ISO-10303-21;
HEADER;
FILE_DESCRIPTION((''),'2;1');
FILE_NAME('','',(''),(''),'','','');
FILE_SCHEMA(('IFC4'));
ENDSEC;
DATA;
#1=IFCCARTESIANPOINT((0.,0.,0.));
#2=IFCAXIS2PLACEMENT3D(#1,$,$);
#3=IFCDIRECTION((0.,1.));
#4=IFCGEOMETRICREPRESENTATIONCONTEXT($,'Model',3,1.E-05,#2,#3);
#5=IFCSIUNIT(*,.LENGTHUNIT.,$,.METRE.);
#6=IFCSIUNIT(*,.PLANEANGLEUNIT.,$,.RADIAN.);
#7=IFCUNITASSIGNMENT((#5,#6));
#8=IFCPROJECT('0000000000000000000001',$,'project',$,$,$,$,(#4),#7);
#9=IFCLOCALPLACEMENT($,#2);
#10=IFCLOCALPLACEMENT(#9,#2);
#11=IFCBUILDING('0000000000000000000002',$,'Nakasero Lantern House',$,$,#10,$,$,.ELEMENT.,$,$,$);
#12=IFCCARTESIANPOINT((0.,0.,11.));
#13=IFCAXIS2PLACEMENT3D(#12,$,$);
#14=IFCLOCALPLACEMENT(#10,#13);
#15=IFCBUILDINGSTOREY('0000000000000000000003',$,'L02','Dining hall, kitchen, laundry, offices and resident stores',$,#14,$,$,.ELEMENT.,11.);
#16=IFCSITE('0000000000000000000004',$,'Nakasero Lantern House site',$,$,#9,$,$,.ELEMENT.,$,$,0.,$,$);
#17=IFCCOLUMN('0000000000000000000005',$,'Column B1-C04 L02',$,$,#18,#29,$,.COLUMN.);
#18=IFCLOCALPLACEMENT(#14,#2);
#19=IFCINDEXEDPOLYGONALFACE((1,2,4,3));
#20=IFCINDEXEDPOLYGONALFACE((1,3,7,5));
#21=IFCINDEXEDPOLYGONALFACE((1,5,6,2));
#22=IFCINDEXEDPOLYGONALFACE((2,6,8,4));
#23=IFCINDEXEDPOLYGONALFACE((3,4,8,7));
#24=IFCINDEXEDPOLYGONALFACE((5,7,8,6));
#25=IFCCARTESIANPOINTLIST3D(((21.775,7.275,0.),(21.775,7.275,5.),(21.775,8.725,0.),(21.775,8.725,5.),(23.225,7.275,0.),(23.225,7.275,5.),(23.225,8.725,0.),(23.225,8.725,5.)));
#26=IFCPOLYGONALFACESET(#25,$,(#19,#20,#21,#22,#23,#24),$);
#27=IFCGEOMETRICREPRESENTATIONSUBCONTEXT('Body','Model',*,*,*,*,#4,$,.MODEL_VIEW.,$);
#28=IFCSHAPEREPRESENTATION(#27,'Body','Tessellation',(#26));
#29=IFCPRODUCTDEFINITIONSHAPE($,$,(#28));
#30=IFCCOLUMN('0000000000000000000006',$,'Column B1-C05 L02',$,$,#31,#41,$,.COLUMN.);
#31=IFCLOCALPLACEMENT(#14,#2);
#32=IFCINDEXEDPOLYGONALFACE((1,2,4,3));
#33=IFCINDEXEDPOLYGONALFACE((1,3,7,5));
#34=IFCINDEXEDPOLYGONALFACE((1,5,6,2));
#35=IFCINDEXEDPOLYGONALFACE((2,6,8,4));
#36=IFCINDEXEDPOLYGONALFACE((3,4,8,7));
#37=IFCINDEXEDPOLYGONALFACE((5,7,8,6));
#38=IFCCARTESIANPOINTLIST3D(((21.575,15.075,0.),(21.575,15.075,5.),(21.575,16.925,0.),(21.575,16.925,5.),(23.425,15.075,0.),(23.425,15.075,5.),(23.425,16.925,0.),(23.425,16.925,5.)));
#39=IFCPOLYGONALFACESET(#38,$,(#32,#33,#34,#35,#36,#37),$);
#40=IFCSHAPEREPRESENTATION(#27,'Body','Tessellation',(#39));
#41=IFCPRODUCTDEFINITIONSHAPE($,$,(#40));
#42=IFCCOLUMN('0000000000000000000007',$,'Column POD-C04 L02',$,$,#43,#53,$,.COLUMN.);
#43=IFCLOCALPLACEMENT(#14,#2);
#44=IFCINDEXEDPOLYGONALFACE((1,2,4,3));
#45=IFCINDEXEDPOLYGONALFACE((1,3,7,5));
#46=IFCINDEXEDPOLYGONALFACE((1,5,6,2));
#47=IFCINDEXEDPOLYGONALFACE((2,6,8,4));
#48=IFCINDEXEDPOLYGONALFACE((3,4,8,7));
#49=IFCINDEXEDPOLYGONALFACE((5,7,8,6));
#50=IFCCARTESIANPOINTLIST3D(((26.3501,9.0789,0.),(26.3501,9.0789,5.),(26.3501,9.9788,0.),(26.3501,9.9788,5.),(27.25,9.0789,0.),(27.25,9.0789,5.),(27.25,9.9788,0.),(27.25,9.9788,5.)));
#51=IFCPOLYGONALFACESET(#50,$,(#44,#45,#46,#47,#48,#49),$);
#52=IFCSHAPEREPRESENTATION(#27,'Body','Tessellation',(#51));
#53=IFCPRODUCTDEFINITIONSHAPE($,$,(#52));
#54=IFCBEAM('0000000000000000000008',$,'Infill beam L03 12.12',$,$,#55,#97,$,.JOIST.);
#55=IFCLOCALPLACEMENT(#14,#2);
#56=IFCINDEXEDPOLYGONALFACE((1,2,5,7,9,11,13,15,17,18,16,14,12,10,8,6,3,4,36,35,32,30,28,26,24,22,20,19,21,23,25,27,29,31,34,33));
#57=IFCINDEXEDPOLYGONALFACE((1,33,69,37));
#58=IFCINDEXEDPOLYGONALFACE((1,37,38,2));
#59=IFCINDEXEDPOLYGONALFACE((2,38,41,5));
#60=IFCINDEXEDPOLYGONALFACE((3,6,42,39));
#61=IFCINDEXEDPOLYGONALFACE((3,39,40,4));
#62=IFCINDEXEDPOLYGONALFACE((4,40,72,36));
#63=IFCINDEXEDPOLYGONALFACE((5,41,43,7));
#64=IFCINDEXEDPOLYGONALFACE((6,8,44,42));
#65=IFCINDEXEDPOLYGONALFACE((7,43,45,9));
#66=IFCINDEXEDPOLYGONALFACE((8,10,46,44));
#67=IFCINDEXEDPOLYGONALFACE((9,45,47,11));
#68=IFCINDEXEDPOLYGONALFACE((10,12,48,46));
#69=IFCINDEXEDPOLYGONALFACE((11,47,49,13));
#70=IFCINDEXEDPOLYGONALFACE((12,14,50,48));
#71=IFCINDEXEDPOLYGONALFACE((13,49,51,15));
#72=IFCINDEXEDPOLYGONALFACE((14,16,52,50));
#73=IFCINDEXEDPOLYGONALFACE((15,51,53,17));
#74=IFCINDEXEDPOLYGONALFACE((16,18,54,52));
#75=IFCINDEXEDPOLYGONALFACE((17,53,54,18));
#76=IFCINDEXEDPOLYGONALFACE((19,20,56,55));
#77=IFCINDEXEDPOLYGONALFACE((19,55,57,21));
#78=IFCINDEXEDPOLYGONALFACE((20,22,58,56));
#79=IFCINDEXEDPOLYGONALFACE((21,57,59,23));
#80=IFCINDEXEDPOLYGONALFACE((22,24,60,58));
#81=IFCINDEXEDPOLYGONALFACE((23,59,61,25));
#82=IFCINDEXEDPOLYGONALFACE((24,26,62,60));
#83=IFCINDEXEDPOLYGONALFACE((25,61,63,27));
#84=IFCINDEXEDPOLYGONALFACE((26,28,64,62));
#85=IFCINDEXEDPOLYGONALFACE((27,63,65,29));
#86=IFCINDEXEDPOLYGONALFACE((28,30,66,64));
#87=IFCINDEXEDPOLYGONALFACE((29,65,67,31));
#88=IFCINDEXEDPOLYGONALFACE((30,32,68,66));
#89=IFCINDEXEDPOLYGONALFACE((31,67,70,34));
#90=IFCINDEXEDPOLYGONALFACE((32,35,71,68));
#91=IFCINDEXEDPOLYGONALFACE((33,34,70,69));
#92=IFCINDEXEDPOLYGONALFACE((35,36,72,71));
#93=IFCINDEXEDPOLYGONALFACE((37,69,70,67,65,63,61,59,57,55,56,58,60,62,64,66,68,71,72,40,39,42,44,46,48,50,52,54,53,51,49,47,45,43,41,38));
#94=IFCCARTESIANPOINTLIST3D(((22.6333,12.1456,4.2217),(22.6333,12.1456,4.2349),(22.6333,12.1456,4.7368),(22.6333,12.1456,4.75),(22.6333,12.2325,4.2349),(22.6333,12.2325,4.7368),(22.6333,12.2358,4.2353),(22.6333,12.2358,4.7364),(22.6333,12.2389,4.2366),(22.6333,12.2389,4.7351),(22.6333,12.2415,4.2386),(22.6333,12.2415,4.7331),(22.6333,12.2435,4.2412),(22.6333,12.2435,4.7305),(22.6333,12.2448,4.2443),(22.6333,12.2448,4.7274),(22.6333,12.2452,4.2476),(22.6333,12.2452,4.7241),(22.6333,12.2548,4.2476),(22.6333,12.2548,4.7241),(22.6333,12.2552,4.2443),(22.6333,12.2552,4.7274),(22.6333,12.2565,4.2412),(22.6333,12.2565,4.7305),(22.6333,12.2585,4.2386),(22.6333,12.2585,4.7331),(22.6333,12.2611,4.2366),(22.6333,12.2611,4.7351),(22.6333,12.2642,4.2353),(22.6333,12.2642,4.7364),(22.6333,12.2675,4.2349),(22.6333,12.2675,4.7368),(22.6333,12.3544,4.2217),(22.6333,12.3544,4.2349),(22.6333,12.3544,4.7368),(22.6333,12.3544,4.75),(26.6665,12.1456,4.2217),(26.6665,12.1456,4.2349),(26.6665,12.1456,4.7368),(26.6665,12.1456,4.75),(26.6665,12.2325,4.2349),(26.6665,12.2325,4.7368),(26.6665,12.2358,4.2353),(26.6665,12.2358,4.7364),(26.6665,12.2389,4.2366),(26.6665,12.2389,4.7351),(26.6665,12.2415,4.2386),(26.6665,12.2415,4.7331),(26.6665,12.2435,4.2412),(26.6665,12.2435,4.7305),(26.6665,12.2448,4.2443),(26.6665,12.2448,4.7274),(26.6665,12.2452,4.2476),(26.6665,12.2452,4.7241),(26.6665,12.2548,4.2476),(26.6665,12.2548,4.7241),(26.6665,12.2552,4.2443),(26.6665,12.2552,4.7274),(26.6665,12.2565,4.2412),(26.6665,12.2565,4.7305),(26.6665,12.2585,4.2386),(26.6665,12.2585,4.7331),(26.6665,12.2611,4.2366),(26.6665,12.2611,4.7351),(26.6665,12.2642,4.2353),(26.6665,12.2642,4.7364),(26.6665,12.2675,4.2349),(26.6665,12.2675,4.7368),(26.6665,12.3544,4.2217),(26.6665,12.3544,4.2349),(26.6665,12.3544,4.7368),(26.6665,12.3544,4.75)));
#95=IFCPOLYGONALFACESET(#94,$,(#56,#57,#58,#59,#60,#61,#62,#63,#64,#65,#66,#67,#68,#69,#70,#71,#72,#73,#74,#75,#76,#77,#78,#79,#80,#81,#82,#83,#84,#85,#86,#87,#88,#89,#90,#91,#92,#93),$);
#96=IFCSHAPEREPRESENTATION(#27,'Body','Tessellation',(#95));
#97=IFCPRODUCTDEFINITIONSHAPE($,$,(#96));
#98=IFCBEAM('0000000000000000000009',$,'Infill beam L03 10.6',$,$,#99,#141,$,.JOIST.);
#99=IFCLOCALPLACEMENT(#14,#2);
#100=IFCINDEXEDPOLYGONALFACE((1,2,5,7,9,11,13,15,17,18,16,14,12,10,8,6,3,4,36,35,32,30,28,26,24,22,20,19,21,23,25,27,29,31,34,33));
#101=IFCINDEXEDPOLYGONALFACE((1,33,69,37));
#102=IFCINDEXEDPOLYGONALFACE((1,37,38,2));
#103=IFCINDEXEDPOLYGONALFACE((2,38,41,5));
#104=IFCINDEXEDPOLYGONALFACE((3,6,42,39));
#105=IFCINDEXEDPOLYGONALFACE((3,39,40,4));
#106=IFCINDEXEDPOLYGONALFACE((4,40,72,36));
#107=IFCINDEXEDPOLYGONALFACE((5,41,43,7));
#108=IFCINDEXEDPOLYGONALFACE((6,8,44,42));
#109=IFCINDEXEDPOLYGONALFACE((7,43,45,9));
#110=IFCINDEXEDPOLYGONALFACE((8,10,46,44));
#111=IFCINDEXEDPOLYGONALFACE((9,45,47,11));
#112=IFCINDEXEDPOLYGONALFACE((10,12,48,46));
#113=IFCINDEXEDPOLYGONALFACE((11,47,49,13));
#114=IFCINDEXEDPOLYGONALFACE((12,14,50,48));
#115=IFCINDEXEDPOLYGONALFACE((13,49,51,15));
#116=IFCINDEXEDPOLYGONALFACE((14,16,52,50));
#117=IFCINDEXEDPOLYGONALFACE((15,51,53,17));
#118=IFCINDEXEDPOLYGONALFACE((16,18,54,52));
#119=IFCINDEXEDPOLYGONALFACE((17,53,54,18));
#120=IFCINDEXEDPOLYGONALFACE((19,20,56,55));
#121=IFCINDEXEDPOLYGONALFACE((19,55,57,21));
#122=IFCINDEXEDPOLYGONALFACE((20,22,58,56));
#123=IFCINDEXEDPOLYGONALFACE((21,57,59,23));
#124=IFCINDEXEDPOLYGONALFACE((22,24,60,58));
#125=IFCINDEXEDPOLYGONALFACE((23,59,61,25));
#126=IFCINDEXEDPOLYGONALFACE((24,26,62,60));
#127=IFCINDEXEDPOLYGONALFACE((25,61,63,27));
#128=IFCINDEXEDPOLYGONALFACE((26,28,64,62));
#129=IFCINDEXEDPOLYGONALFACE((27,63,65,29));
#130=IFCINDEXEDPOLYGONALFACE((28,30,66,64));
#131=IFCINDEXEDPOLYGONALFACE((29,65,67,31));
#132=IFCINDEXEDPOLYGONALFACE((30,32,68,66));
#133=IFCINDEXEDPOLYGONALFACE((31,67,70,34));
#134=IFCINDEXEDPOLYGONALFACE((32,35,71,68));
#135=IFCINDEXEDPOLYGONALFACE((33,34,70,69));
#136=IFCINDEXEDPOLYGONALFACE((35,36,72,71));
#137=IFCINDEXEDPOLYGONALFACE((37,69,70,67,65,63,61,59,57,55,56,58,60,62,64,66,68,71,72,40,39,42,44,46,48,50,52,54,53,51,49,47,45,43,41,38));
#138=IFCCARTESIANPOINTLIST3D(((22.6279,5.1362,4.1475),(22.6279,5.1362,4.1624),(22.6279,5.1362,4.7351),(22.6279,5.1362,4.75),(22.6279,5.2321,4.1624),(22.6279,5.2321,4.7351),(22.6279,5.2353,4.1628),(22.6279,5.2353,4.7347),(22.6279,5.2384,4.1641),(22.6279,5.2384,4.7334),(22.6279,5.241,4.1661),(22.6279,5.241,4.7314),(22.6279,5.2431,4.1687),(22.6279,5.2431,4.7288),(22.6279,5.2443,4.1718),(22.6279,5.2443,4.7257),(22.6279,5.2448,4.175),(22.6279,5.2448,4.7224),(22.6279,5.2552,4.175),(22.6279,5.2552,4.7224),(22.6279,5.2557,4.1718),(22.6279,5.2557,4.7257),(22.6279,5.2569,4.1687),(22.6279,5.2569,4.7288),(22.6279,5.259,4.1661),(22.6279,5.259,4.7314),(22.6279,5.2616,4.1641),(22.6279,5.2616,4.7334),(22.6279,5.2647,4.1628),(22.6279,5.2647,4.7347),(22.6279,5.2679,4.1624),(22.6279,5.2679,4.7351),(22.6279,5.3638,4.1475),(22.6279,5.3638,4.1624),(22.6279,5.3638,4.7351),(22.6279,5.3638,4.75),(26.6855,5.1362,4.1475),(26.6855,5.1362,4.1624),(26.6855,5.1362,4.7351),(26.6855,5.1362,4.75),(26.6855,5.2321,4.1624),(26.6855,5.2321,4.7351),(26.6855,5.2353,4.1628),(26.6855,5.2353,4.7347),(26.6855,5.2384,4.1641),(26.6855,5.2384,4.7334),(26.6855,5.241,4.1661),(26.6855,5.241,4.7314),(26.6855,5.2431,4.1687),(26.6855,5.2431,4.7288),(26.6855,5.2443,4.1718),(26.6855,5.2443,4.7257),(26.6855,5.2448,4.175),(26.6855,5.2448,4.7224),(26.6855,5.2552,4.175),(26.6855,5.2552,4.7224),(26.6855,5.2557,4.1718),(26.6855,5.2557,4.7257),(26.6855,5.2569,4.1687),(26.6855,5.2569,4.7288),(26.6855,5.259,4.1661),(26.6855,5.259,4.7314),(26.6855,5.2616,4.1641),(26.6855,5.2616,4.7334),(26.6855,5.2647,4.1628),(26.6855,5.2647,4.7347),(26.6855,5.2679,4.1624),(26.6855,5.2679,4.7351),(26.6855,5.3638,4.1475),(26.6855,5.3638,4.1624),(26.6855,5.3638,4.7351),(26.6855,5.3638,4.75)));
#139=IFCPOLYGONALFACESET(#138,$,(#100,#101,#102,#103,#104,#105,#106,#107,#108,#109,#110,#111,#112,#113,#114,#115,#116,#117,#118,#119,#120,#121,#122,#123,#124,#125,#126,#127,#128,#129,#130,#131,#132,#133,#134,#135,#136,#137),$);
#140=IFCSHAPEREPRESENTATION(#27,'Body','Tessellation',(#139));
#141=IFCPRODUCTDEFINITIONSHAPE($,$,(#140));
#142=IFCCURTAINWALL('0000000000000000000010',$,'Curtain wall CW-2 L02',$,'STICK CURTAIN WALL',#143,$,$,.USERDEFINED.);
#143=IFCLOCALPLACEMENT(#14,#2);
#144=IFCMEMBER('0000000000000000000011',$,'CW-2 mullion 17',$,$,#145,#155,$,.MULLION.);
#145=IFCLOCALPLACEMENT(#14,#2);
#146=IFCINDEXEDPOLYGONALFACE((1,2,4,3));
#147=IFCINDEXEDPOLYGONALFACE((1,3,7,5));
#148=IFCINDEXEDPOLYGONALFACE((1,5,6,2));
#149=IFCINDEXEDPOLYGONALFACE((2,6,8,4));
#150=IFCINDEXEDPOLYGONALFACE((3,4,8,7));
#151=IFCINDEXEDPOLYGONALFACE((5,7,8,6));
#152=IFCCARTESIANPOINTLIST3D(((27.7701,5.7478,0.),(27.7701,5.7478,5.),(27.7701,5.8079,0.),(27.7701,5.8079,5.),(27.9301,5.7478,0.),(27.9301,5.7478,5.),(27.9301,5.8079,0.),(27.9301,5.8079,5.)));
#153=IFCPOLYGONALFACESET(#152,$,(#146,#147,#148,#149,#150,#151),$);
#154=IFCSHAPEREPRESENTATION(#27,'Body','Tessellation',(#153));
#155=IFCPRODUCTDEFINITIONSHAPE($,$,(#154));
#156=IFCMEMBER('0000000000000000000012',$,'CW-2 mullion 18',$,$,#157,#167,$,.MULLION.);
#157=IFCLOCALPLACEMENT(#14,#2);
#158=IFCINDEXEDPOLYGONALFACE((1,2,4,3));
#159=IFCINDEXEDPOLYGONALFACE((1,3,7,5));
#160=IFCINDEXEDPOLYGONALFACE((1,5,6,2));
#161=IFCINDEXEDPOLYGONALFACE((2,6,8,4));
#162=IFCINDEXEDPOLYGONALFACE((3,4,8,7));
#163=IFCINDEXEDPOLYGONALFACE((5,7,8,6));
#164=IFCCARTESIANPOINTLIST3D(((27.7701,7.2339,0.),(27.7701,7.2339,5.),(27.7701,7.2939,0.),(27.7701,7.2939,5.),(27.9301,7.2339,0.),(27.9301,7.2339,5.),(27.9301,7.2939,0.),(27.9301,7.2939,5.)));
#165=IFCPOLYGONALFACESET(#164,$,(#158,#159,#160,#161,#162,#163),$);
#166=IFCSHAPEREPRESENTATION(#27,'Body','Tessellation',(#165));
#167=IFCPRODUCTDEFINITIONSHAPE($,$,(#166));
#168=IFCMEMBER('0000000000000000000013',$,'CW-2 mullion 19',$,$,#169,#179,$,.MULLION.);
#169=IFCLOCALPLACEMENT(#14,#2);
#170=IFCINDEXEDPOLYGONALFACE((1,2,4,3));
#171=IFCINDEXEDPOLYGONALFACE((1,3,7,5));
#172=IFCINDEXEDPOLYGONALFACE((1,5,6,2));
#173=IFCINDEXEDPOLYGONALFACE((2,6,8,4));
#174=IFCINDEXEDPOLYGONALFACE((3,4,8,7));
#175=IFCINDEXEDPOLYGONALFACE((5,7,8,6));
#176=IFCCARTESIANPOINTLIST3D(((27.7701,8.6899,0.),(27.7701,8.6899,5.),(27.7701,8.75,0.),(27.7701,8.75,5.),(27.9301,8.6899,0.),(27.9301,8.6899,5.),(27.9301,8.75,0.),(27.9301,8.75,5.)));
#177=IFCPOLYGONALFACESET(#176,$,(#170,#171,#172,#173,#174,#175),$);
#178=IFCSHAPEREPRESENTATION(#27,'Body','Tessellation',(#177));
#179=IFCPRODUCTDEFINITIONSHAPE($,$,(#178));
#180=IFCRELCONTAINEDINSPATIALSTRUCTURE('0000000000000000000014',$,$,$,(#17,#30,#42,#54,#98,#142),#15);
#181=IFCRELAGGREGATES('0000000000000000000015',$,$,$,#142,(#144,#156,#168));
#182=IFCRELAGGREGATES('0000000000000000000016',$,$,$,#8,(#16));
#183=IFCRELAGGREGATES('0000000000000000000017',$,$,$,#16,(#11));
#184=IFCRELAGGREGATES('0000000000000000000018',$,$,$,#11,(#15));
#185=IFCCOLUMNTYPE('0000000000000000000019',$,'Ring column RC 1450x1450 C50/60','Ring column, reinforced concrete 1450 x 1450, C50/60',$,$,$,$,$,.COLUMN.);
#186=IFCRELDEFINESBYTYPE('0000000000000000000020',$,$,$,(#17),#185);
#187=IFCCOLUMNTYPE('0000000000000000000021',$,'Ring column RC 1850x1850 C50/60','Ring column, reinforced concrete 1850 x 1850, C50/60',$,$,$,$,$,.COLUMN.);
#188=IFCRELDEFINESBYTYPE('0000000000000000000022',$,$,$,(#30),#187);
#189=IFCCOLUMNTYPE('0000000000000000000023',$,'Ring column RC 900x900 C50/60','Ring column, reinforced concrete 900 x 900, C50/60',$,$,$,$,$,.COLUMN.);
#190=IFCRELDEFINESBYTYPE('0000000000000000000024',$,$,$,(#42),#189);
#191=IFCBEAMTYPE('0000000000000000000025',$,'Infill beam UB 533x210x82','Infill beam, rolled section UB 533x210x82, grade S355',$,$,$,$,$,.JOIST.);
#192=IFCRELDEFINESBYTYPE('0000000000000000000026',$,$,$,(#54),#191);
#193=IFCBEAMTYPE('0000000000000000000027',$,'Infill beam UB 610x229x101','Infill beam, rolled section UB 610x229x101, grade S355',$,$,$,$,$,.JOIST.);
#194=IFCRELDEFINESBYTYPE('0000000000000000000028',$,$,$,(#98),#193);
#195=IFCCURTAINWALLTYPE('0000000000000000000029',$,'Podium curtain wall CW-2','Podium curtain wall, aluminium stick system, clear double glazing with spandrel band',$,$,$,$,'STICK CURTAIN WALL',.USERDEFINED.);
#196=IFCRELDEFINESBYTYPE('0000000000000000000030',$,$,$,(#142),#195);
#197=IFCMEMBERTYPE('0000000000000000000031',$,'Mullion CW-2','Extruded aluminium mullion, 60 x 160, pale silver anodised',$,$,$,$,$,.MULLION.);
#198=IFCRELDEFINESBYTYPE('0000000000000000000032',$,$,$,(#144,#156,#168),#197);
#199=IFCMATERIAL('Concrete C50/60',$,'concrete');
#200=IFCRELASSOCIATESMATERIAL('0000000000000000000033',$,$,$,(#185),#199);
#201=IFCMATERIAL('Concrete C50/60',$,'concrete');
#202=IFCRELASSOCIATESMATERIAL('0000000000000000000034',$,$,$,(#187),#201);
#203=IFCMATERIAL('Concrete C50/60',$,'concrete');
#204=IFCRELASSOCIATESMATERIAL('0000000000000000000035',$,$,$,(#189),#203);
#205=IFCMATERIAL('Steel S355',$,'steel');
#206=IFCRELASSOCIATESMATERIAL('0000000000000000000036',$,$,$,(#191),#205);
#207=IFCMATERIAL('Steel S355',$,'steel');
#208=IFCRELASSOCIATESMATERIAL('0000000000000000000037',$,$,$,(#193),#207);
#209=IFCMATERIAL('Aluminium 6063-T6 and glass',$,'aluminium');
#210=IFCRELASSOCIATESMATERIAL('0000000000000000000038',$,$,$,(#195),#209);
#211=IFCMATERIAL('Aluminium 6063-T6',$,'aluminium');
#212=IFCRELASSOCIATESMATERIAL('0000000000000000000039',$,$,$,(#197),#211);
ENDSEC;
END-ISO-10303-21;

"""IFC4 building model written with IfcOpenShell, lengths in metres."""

from ifc_helpers import new_model, si_unit, direction, frame, origin, origin_2d, place, context, subcontext, project, spatial, rectangle, i_section, extrude, material, material_profile, profile_set, type_object, element, aggregate, save


model = new_model("IFC4")

# Units and contexts
model_context = context("Model", 3, precision=1e-05, world=origin(), true_north=direction((0.0, 1.0)))
body_context = subcontext(model_context, "Body", "Model", "MODEL_VIEW")
ifc_project = project(units=[si_unit("LENGTHUNIT", "METRE"), si_unit("PLANEANGLEUNIT", "RADIAN")], contexts=[model_context])

# Site, building, storey
site_placement = place(None, origin())
site = spatial("IfcSite", under=ifc_project, at=site_placement, Name="Nakasero Lantern House site", CompositionType="ELEMENT", RefElevation=0.0)
building_placement = place(site_placement, origin())
building = spatial("IfcBuilding", under=site, at=building_placement, Name="Nakasero Lantern House", CompositionType="ELEMENT")
storey_placement = place(building_placement, frame((0.0, 0.0, 11.0)))
storey = spatial("IfcBuildingStorey", under=building, at=storey_placement, Name="L02", Description="Dining hall, kitchen, laundry, offices and resident stores", CompositionType="ELEMENT", Elevation=11.0)

# Columns
ifc_material_1 = material(Name="Concrete C50/60", Category="concrete")
ifc_material_profile_1 = material_profile(ifc_material_1, rectangle(XDim=1.45, YDim=1.45, at=origin_2d()), Name="RC 1450x1450")
ifc_profile_set_1 = profile_set([ifc_material_profile_1], Name="Concrete C50/60")
column_type_1 = type_object("IfcColumnType", Name="Ring column RC 1450x1450 C50/60", Description="Ring column, reinforced concrete 1450 x 1450, C50/60", PredefinedType="COLUMN", material=ifc_profile_set_1)
column_1_placement = place(storey_placement, frame((22.5, 8.0, 0.0), z_axis=(0.0, 0.0, 1.0), x_axis=(1.0, 0.0, 0.0)))
element("IfcColumn", 1, at=column_1_placement, inside=storey, type_object=column_type_1, Name="Column B1-C04 L02", PredefinedType="COLUMN", context=body_context, shape_type="SweptSolid", body=[
    extrude(rectangle(XDim=1.45, YDim=1.45, at=origin_2d()), origin(), (0.0, 0.0, 1.0), 5.0),
])
ifc_material_2 = material(Name="Concrete C50/60", Category="concrete")
ifc_material_profile_2 = material_profile(ifc_material_2, rectangle(XDim=1.8501, YDim=1.8501, at=origin_2d()), Name="RC 1850x1850")
ifc_profile_set_2 = profile_set([ifc_material_profile_2], Name="Concrete C50/60")
column_type_2 = type_object("IfcColumnType", Name="Ring column RC 1850x1850 C50/60", Description="Ring column, reinforced concrete 1850 x 1850, C50/60", PredefinedType="COLUMN", material=ifc_profile_set_2)
column_2_placement = place(storey_placement, frame((22.5, 16.0, 0.0), z_axis=(0.0, 0.0, 1.0), x_axis=(1.0, 0.0, 0.0)))
element("IfcColumn", 2, at=column_2_placement, inside=storey, type_object=column_type_2, Name="Column B1-C05 L02", PredefinedType="COLUMN", context=body_context, shape_type="SweptSolid", body=[
    extrude(rectangle(XDim=1.8501, YDim=1.8501, at=origin_2d()), origin(), (0.0, 0.0, 1.0), 5.0),
])
ifc_material_3 = material(Name="Concrete C50/60", Category="concrete")
ifc_material_profile_3 = material_profile(ifc_material_3, rectangle(XDim=0.8999, YDim=0.8999, at=origin_2d()), Name="RC 900x900")
ifc_profile_set_3 = profile_set([ifc_material_profile_3], Name="Concrete C50/60")
column_type_3 = type_object("IfcColumnType", Name="Ring column RC 900x900 C50/60", Description="Ring column, reinforced concrete 900 x 900, C50/60", PredefinedType="COLUMN", material=ifc_profile_set_3)
column_3_placement = place(storey_placement, frame((26.8, 9.5288, 0.0), z_axis=(0.0, 0.0, 1.0), x_axis=(1.0, 0.0, 0.0)))
element("IfcColumn", 3, at=column_3_placement, inside=storey, type_object=column_type_3, Name="Column POD-C04 L02", PredefinedType="COLUMN", context=body_context, shape_type="SweptSolid", body=[
    extrude(rectangle(XDim=0.8999, YDim=0.8999, at=origin_2d()), origin(), (0.0, 0.0, 1.0), 5.0),
])

# Beams
ifc_material_4 = material(Name="Steel S355", Category="steel")
ifc_material_profile_4 = material_profile(ifc_material_4, i_section(OverallWidth=0.2087, OverallDepth=0.5283, WebThickness=0.0095, FlangeThickness=0.0132, FilletRadius=0.0127, at=origin_2d()), Name="UB 533x210x82")
ifc_profile_set_4 = profile_set([ifc_material_profile_4], Name="Steel S355")
beam_type_1 = type_object("IfcBeamType", Name="Infill beam UB 533x210x82", Description="Infill beam, rolled section UB 533x210x82, grade S355", PredefinedType="JOIST", material=ifc_profile_set_4)
beam_1_placement = place(storey_placement, frame((22.6333, 12.25, 4.4858), z_axis=(1.0, 0.0, 0.0), x_axis=(0.0, 1.0, 0.0)))
element("IfcBeam", 4, at=beam_1_placement, inside=storey, type_object=beam_type_1, Name="Infill beam L03 12.12", PredefinedType="JOIST", context=body_context, shape_type="SweptSolid", body=[
    extrude(i_section(OverallWidth=0.2087, OverallDepth=0.5283, WebThickness=0.0095, FlangeThickness=0.0132, FilletRadius=0.0127, at=origin_2d()), origin(), (0.0, 0.0, 1.0), 4.0332),
])
ifc_material_5 = material(Name="Steel S355", Category="steel")
ifc_material_profile_5 = material_profile(ifc_material_5, i_section(OverallWidth=0.2275, OverallDepth=0.6025, WebThickness=0.0105, FlangeThickness=0.0149, FilletRadius=0.0127, at=origin_2d()), Name="UB 610x229x101")
ifc_profile_set_5 = profile_set([ifc_material_profile_5], Name="Steel S355")
beam_type_2 = type_object("IfcBeamType", Name="Infill beam UB 610x229x101", Description="Infill beam, rolled section UB 610x229x101, grade S355", PredefinedType="JOIST", material=ifc_profile_set_5)
beam_2_placement = place(storey_placement, frame((22.6279, 5.25, 4.4487), z_axis=(1.0, 0.0, 0.0), x_axis=(0.0, 1.0, 0.0)))
element("IfcBeam", 5, at=beam_2_placement, inside=storey, type_object=beam_type_2, Name="Infill beam L03 10.6", PredefinedType="JOIST", context=body_context, shape_type="SweptSolid", body=[
    extrude(i_section(OverallWidth=0.2275, OverallDepth=0.6025, WebThickness=0.0105, FlangeThickness=0.0149, FilletRadius=0.0127, at=origin_2d()), origin(), (0.0, 0.0, 1.0), 4.0576),
])

# Curtain wall, members
ifc_material_6 = material(Name="Aluminium 6063-T6 and glass", Category="aluminium")
curtain_wall_type = type_object("IfcCurtainWallType", Name="Podium curtain wall CW-2", Description="Podium curtain wall, aluminium stick system, clear double glazing with spandrel band", ElementType="STICK CURTAIN WALL", PredefinedType="USERDEFINED", material=ifc_material_6)
curtain_wall_1_placement = place(storey_placement, origin())
curtain_wall_1 = element("IfcCurtainWall", 6, at=curtain_wall_1_placement, inside=storey, type_object=curtain_wall_type, Name="Curtain wall CW-2 L02", ObjectType="STICK CURTAIN WALL", PredefinedType="USERDEFINED")
ifc_material_7 = material(Name="Aluminium 6063-T6", Category="aluminium")
ifc_material_profile_6 = material_profile(ifc_material_7, rectangle(XDim=0.0601, YDim=0.1599, at=origin_2d()), Name="CW-2 mullion 60x160")
ifc_profile_set_6 = profile_set([ifc_material_profile_6], Name="Aluminium 6063-T6")
member_type_1 = type_object("IfcMemberType", Name="Mullion CW-2", Description="Extruded aluminium mullion, 60 x 160, pale silver anodised", PredefinedType="MULLION", material=ifc_profile_set_6)
member_1_placement = place(storey_placement, frame((27.8501, 5.7778, 0.0), z_axis=(0.0, 0.0, 1.0), x_axis=(0.0, 1.0, 0.0)))
member_1 = element("IfcMember", 7, at=member_1_placement, type_object=member_type_1, Name="CW-2 mullion 17", PredefinedType="MULLION", context=body_context, shape_type="SweptSolid", body=[
    extrude(rectangle(XDim=0.0601, YDim=0.1599, at=origin_2d()), origin(), (0.0, 0.0, 1.0), 5.0),
])
member_2_placement = place(storey_placement, frame((27.8501, 7.2639, 0.0), z_axis=(0.0, 0.0, 1.0), x_axis=(0.0, 1.0, 0.0)))
member_2 = element("IfcMember", 8, at=member_2_placement, type_object=member_type_1, Name="CW-2 mullion 18", PredefinedType="MULLION", context=body_context, shape_type="SweptSolid", body=[
    extrude(rectangle(XDim=0.0601, YDim=0.1599, at=origin_2d()), origin(), (0.0, 0.0, 1.0), 5.0),
])
member_3_placement = place(storey_placement, frame((27.8501, 8.72, 0.0), z_axis=(0.0, 0.0, 1.0), x_axis=(0.0, 1.0, 0.0)))
member_3 = element("IfcMember", 9, at=member_3_placement, type_object=member_type_1, Name="CW-2 mullion 19", PredefinedType="MULLION", context=body_context, shape_type="SweptSolid", body=[
    extrude(rectangle(XDim=0.0601, YDim=0.1599, at=origin_2d()), origin(), (0.0, 0.0, 1.0), 5.0),
])

aggregate(curtain_wall_1, [member_1, member_2, member_3])

save(model, "model.ifc")
